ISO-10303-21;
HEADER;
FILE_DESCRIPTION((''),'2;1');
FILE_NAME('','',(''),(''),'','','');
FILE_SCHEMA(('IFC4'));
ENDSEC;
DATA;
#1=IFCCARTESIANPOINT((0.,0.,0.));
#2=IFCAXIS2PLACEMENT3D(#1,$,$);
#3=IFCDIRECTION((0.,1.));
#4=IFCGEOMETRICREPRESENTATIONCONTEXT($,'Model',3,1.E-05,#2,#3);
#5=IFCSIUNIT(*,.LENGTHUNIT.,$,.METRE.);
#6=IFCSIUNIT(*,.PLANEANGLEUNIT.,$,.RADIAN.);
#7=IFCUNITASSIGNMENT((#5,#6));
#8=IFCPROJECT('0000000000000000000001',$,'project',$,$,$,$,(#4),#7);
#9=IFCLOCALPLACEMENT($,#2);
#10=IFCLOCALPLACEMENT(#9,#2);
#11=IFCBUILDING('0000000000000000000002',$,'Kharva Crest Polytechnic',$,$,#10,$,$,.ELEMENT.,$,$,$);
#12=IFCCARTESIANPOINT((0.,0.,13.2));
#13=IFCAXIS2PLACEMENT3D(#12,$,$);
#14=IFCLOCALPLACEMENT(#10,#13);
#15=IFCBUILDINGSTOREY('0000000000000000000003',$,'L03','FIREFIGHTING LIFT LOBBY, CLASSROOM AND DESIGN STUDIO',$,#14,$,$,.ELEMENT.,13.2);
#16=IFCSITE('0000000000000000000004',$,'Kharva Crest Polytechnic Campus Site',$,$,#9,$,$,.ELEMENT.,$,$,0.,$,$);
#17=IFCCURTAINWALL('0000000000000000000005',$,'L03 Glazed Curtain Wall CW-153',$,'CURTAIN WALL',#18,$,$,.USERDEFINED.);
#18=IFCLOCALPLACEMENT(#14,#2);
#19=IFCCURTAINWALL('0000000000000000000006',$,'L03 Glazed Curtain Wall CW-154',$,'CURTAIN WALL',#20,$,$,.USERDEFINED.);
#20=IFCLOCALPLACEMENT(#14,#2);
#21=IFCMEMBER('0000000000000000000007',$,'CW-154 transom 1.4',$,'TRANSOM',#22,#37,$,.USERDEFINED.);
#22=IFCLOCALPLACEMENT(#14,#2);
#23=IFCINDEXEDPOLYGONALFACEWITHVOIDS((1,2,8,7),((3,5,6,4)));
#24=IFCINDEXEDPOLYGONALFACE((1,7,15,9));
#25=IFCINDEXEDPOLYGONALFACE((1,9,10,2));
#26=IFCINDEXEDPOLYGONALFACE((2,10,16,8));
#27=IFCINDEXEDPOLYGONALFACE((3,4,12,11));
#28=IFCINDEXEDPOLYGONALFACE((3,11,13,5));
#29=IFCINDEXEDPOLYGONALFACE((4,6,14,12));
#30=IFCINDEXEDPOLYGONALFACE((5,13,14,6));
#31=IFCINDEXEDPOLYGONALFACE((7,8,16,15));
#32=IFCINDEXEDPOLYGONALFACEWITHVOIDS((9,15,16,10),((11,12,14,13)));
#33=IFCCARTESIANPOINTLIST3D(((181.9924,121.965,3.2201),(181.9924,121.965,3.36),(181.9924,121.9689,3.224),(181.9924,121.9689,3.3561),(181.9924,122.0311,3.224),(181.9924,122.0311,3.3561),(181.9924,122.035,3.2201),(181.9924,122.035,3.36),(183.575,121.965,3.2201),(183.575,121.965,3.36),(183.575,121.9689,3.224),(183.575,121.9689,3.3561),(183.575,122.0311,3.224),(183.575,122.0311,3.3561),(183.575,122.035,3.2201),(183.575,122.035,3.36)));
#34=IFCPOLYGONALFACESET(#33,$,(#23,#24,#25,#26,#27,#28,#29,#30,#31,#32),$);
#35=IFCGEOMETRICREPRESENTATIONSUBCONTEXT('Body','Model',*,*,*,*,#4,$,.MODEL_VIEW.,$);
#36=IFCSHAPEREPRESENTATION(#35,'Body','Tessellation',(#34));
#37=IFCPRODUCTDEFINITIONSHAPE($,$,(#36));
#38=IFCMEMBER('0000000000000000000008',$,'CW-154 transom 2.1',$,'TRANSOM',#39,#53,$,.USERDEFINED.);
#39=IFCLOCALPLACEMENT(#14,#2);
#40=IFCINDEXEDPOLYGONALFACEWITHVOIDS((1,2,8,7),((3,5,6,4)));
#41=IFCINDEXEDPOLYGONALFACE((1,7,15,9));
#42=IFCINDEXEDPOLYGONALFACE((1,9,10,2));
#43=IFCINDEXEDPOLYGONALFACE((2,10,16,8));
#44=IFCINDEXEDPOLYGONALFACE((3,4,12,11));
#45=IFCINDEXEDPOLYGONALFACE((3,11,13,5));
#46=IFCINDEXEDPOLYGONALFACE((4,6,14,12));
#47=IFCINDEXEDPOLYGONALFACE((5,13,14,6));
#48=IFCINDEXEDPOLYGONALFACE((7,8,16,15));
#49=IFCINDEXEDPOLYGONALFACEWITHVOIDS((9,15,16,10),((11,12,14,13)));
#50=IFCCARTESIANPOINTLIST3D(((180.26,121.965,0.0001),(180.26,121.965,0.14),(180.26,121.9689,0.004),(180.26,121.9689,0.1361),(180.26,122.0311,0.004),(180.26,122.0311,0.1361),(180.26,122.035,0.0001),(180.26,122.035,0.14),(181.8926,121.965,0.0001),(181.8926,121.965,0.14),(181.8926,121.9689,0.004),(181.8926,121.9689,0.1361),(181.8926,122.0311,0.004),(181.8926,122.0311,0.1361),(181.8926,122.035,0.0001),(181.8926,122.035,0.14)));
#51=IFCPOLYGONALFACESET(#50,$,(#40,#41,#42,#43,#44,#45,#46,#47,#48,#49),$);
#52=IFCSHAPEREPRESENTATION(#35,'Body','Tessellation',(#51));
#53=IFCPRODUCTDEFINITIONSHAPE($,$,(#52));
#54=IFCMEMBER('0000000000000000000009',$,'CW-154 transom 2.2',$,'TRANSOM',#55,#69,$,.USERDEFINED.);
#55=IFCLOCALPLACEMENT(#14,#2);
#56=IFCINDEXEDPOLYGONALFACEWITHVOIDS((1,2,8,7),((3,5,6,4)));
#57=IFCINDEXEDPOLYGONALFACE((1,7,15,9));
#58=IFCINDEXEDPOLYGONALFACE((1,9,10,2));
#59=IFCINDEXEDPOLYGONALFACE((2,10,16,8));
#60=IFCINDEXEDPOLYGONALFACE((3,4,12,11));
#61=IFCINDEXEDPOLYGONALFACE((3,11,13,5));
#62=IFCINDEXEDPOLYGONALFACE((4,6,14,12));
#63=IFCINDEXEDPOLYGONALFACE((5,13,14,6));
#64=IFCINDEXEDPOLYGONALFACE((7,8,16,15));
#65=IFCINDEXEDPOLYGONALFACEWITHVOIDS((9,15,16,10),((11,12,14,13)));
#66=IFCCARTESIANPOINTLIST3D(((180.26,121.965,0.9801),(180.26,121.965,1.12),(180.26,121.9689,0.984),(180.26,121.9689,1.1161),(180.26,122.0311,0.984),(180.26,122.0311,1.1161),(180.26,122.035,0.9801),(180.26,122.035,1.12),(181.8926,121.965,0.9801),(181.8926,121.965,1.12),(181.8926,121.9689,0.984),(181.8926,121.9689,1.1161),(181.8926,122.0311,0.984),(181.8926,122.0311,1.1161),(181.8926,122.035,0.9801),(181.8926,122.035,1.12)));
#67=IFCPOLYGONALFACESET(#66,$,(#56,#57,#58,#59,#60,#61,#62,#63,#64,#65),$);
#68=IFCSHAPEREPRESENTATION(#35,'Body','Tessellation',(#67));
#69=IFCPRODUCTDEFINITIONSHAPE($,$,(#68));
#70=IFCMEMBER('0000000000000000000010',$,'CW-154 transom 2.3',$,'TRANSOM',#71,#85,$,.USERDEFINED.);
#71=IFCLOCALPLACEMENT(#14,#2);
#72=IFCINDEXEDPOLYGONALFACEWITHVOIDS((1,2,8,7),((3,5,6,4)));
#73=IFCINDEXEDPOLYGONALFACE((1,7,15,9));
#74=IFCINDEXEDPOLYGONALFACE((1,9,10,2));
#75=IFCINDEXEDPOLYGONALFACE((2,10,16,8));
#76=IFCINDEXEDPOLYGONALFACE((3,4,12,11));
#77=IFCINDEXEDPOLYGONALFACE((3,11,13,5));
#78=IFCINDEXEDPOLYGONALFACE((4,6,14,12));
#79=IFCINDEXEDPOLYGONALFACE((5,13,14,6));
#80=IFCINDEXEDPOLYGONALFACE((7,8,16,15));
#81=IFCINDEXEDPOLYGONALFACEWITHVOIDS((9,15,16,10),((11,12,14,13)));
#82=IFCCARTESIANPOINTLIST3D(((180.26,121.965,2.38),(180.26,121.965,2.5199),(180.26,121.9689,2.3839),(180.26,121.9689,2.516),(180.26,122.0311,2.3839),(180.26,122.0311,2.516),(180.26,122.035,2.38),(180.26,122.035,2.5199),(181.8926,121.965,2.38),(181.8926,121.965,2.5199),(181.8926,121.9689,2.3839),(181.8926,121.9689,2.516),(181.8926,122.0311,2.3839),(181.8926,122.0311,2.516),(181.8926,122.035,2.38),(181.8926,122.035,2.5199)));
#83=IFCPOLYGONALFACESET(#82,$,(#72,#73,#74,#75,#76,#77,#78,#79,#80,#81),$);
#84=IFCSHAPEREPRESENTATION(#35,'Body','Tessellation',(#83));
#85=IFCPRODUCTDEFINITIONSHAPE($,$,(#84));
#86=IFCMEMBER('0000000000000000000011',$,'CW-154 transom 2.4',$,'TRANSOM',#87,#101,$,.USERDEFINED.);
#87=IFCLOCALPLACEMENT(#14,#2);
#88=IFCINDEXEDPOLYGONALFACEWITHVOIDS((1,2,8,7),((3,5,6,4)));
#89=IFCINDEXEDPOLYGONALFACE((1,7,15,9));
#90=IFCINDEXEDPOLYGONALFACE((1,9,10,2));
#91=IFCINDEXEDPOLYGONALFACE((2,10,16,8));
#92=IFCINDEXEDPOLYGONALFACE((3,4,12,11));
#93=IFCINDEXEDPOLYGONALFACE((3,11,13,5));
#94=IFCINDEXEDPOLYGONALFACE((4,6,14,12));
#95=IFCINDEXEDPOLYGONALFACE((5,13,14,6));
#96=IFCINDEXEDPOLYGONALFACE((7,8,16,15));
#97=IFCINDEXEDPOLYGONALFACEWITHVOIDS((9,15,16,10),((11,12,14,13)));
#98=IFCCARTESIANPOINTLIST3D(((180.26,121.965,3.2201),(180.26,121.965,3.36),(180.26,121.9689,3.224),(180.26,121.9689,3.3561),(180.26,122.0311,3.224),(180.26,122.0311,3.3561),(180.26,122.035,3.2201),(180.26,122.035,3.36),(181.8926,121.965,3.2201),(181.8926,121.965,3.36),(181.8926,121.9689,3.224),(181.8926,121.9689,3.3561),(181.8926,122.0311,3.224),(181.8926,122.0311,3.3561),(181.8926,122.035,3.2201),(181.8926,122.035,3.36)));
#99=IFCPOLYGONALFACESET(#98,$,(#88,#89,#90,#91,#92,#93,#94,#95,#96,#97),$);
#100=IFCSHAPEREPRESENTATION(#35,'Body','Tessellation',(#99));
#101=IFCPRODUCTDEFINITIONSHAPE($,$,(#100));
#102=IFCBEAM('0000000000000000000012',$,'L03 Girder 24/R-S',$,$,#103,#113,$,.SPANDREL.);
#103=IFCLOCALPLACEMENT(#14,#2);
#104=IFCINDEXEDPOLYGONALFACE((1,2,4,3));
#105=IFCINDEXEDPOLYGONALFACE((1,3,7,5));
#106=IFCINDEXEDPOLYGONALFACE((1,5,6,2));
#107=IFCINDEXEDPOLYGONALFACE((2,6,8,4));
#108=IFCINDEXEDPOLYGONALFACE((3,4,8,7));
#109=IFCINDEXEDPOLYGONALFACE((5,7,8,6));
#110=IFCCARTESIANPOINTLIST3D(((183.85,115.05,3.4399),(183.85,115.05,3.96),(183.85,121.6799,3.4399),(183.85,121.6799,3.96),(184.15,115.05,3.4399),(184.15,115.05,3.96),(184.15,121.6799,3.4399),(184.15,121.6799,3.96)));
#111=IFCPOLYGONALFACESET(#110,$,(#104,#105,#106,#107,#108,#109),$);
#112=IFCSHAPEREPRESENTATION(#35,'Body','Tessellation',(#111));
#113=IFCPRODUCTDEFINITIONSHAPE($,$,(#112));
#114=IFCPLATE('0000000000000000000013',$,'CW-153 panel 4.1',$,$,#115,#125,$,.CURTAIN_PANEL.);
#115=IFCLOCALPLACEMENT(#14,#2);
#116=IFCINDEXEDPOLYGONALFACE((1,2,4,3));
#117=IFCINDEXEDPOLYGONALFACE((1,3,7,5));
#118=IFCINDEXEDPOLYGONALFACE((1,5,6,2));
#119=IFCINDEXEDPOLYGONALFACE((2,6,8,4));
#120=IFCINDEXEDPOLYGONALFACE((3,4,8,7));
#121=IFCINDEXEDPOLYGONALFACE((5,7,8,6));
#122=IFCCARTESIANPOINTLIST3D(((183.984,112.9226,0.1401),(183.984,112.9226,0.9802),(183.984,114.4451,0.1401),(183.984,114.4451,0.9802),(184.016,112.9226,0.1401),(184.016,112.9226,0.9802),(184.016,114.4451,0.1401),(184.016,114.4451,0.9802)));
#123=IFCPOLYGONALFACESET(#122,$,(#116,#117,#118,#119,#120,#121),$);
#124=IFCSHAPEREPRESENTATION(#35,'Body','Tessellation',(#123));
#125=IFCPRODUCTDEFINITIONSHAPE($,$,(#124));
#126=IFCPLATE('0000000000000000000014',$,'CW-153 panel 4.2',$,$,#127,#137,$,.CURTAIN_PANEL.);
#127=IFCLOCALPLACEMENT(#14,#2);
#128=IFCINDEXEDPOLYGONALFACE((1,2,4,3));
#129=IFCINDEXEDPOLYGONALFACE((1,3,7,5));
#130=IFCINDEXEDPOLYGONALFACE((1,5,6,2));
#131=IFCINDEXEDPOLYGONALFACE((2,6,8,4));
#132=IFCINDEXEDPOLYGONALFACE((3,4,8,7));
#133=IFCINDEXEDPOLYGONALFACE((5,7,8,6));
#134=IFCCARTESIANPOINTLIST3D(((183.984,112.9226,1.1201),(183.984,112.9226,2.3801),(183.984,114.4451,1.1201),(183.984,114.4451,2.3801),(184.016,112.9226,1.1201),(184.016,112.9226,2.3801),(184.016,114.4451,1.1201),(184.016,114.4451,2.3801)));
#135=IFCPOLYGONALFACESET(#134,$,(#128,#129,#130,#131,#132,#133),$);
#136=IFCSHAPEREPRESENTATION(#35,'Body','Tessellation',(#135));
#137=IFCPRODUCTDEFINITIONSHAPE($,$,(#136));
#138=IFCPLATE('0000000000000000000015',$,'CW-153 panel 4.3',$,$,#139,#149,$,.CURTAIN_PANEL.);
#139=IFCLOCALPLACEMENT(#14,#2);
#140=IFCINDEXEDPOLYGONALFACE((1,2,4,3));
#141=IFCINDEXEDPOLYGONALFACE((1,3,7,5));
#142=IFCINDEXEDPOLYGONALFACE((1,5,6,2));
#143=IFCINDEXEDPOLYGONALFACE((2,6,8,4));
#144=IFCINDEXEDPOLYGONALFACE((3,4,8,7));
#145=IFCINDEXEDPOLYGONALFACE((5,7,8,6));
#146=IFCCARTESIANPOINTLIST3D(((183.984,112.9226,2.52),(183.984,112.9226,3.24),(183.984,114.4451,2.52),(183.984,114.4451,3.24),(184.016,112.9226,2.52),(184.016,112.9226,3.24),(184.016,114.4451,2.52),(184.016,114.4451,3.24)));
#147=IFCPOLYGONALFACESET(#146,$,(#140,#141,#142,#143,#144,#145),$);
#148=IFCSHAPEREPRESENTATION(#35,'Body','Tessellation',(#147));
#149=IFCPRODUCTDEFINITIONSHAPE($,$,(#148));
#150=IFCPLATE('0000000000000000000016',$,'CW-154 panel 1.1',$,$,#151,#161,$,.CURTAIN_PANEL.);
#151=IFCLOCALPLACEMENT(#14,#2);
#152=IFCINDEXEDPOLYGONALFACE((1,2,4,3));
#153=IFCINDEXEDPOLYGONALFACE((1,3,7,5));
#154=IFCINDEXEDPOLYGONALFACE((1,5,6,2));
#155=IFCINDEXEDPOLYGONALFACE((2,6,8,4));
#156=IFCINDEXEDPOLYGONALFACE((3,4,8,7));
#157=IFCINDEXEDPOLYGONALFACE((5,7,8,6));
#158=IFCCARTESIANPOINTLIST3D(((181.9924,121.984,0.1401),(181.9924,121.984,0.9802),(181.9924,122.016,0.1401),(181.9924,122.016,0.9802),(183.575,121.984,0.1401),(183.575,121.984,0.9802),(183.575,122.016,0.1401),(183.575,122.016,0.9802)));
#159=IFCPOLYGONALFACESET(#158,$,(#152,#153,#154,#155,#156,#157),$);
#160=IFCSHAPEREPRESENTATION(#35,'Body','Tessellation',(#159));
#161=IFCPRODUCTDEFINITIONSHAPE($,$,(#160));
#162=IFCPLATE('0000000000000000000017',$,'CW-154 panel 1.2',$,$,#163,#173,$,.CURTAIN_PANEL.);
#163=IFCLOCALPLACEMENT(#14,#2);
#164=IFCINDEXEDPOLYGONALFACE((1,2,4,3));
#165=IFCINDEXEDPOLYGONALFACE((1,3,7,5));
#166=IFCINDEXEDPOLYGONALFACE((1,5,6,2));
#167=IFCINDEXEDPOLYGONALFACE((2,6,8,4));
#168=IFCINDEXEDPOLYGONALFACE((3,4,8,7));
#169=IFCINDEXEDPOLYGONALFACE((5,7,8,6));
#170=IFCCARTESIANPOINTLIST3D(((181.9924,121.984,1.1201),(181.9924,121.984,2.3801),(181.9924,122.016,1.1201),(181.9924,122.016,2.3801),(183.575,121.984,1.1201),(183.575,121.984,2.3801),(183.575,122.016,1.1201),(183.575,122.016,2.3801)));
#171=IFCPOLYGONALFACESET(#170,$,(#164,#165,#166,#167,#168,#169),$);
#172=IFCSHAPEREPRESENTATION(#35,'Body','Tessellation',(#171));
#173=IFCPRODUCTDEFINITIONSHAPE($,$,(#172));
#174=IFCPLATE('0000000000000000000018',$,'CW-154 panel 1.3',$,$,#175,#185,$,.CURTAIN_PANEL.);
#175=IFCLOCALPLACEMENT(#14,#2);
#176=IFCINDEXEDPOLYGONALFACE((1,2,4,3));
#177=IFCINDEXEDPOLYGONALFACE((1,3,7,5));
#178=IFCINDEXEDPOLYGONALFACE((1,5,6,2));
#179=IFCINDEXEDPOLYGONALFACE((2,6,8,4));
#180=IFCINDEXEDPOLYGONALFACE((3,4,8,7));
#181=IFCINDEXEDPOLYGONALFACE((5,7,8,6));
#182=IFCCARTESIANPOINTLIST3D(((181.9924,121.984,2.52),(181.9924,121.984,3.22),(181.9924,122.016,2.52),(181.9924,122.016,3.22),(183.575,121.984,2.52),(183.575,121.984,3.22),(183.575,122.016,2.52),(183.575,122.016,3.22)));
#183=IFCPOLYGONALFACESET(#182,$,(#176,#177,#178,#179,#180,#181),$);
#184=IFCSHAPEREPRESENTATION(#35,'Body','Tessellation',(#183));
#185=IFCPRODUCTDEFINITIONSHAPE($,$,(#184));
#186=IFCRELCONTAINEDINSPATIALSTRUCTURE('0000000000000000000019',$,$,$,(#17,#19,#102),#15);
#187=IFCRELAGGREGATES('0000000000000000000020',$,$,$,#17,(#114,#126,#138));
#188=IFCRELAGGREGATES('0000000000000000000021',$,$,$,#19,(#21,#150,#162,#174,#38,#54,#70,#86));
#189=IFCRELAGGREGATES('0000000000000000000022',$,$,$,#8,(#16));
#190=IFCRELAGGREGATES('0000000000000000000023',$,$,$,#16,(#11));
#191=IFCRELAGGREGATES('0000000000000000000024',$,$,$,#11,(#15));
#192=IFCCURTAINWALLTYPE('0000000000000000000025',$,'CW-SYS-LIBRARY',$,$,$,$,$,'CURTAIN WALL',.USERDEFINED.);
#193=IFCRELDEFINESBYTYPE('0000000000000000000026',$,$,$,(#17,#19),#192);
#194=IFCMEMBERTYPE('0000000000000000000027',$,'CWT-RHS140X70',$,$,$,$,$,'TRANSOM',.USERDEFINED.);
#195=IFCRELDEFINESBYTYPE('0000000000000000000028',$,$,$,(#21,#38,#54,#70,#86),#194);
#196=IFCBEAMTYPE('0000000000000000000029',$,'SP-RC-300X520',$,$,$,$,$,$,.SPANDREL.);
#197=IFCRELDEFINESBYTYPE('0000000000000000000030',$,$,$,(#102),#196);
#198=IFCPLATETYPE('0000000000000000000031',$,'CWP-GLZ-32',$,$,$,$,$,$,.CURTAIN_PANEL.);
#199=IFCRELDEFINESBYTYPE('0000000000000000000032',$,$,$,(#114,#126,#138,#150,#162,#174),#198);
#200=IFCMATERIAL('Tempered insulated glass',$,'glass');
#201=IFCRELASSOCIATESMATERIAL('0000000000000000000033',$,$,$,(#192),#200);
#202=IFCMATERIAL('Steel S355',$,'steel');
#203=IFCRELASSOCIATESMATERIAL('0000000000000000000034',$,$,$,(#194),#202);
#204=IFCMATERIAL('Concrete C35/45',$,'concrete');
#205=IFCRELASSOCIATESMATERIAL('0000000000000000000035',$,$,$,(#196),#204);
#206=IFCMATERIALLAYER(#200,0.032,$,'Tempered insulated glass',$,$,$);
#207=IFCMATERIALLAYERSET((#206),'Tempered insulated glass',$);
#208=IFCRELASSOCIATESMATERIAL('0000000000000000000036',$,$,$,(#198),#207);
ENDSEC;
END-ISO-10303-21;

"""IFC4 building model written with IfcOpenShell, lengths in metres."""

from ifc_helpers import new_model, si_unit, direction, frame, origin, origin_2d, place, context, subcontext, project, spatial, rectangle, hollow_rectangle, extrude, material, layer, layer_set, material_profile, profile_set, type_object, element, aggregate, save


model = new_model("IFC4")

# Units and contexts
model_context = context("Model", 3, precision=1e-05, world=origin(), true_north=direction((0.0, 1.0)))
body_context = subcontext(model_context, "Body", "Model", "MODEL_VIEW")
ifc_project = project(units=[si_unit("LENGTHUNIT", "METRE"), si_unit("PLANEANGLEUNIT", "RADIAN")], contexts=[model_context])

# Site, building, storey
site_placement = place(None, origin())
site = spatial("IfcSite", under=ifc_project, at=site_placement, Name="Kharva Crest Polytechnic Campus Site", CompositionType="ELEMENT", RefElevation=0.0)
building_placement = place(site_placement, origin())
building = spatial("IfcBuilding", under=site, at=building_placement, Name="Kharva Crest Polytechnic", CompositionType="ELEMENT")
storey_placement = place(building_placement, frame((0.0, 0.0, 13.2)))
storey = spatial("IfcBuildingStorey", under=building, at=storey_placement, Name="L03", Description="FIREFIGHTING LIFT LOBBY, CLASSROOM AND DESIGN STUDIO", CompositionType="ELEMENT", Elevation=13.2)

# Curtain wall
ifc_material_1 = material(Name="Tempered insulated glass", Category="glass")
curtain_wall_type = type_object("IfcCurtainWallType", Name="CW-SYS-LIBRARY", ElementType="CURTAIN WALL", PredefinedType="USERDEFINED", material=ifc_material_1)
curtain_wall_1_placement = place(storey_placement, origin())
curtain_wall_1 = element("IfcCurtainWall", 1, at=curtain_wall_1_placement, inside=storey, type_object=curtain_wall_type, Name="L03 Glazed Curtain Wall CW-153", ObjectType="CURTAIN WALL", PredefinedType="USERDEFINED")
ifc_material_2 = material(Name="Steel S355", Category="steel")

# Curtain wall
curtain_wall_2_placement = place(storey_placement, origin())
curtain_wall_2 = element("IfcCurtainWall", 2, at=curtain_wall_2_placement, inside=storey, type_object=curtain_wall_type, Name="L03 Glazed Curtain Wall CW-154", ObjectType="CURTAIN WALL", PredefinedType="USERDEFINED")

# Members
ifc_material_profile_1 = material_profile(ifc_material_2, hollow_rectangle(XDim=0.0701, YDim=0.1399, WallThickness=0.0039, at=origin_2d()), Name="RHS 140X70X4.0")
ifc_profile_set_1 = profile_set([ifc_material_profile_1], Name="Steel S355")
member_type_1 = type_object("IfcMemberType", Name="CWT-RHS140X70", ElementType="TRANSOM", PredefinedType="USERDEFINED", material=ifc_profile_set_1)
member_1_placement = place(storey_placement, frame((183.575, 122.0, 3.29), z_axis=(-1.0, 0.0, 0.0), x_axis=(0.0, -1.0, 0.0)))
member_1 = element("IfcMember", 3, at=member_1_placement, type_object=member_type_1, Name="CW-154 transom 1.4", ObjectType="TRANSOM", PredefinedType="USERDEFINED", context=body_context, shape_type="SweptSolid", body=[
    extrude(hollow_rectangle(XDim=0.0701, YDim=0.1399, WallThickness=0.0039, at=origin_2d()), origin(), (0.0, 0.0, 1.0), 1.5825),
])
member_2_placement = place(storey_placement, frame((181.8926, 122.0, 0.0701), z_axis=(-1.0, 0.0, 0.0), x_axis=(0.0, -1.0, 0.0)))
member_2 = element("IfcMember", 4, at=member_2_placement, type_object=member_type_1, Name="CW-154 transom 2.1", ObjectType="TRANSOM", PredefinedType="USERDEFINED", context=body_context, shape_type="SweptSolid", body=[
    extrude(hollow_rectangle(XDim=0.0701, YDim=0.1399, WallThickness=0.0039, at=origin_2d()), origin(), (0.0, 0.0, 1.0), 1.6326),
])
member_3_placement = place(storey_placement, frame((181.8926, 122.0, 1.05), z_axis=(-1.0, 0.0, 0.0), x_axis=(0.0, -1.0, 0.0)))
member_3 = element("IfcMember", 5, at=member_3_placement, type_object=member_type_1, Name="CW-154 transom 2.2", ObjectType="TRANSOM", PredefinedType="USERDEFINED", context=body_context, shape_type="SweptSolid", body=[
    extrude(hollow_rectangle(XDim=0.0701, YDim=0.1399, WallThickness=0.0039, at=origin_2d()), origin(), (0.0, 0.0, 1.0), 1.6326),
])
member_4_placement = place(storey_placement, frame((181.8926, 122.0, 2.45), z_axis=(-1.0, 0.0, 0.0), x_axis=(0.0, -1.0, 0.0)))
member_4 = element("IfcMember", 6, at=member_4_placement, type_object=member_type_1, Name="CW-154 transom 2.3", ObjectType="TRANSOM", PredefinedType="USERDEFINED", context=body_context, shape_type="SweptSolid", body=[
    extrude(hollow_rectangle(XDim=0.0701, YDim=0.1399, WallThickness=0.0039, at=origin_2d()), origin(), (0.0, 0.0, 1.0), 1.6326),
])
member_5_placement = place(storey_placement, frame((181.8926, 122.0, 3.29), z_axis=(-1.0, 0.0, 0.0), x_axis=(0.0, -1.0, 0.0)))
member_5 = element("IfcMember", 7, at=member_5_placement, type_object=member_type_1, Name="CW-154 transom 2.4", ObjectType="TRANSOM", PredefinedType="USERDEFINED", context=body_context, shape_type="SweptSolid", body=[
    extrude(hollow_rectangle(XDim=0.0701, YDim=0.1399, WallThickness=0.0039, at=origin_2d()), origin(), (0.0, 0.0, 1.0), 1.6326),
])

# Beam
ifc_material_3 = material(Name="Concrete C35/45", Category="concrete")
ifc_material_profile_2 = material_profile(ifc_material_3, rectangle(XDim=0.3, YDim=0.52, at=origin_2d()), Name="RECT 300 X 520")
ifc_profile_set_2 = profile_set([ifc_material_profile_2], Name="Concrete C35/45")
beam_type = type_object("IfcBeamType", Name="SP-RC-300X520", PredefinedType="SPANDREL", material=ifc_profile_set_2)
beam_placement = place(storey_placement, frame((184.0, 115.05, 3.7), z_axis=(0.0, 1.0, 0.0), x_axis=(-1.0, 0.0, 0.0)))
element("IfcBeam", 8, at=beam_placement, inside=storey, type_object=beam_type, Name="L03 Girder 24/R-S", PredefinedType="SPANDREL", context=body_context, shape_type="SweptSolid", body=[
    extrude(rectangle(XDim=0.3, YDim=0.52, at=origin_2d()), origin(), (0.0, 0.0, 1.0), 6.6299),
])

# Plates
ifc_layer_1 = layer(ifc_material_1, 0.032, Name="Tempered insulated glass")
ifc_layer_set_1 = layer_set([ifc_layer_1], Name="Tempered insulated glass")
plate_type = type_object("IfcPlateType", Name="CWP-GLZ-32", PredefinedType="CURTAIN_PANEL", material=ifc_layer_set_1)
plate_1_placement = place(storey_placement, frame((184.0, 113.6838, 0.1401), z_axis=(0.0, 0.0, 1.0), x_axis=(0.0, 1.0, 0.0)))
plate_1 = element("IfcPlate", 9, at=plate_1_placement, type_object=plate_type, Name="CW-153 panel 4.1", PredefinedType="CURTAIN_PANEL", context=body_context, shape_type="SweptSolid", body=[
    extrude(rectangle(XDim=1.5225, YDim=0.032, at=origin_2d()), origin(), (0.0, 0.0, 1.0), 0.8401),
])
plate_2_placement = place(storey_placement, frame((184.0, 113.6838, 1.1201), z_axis=(0.0, 0.0, 1.0), x_axis=(0.0, 1.0, 0.0)))
plate_2 = element("IfcPlate", 10, at=plate_2_placement, type_object=plate_type, Name="CW-153 panel 4.2", PredefinedType="CURTAIN_PANEL", context=body_context, shape_type="SweptSolid", body=[
    extrude(rectangle(XDim=1.5225, YDim=0.032, at=origin_2d()), origin(), (0.0, 0.0, 1.0), 1.26),
])
plate_3_placement = place(storey_placement, frame((184.0, 113.6838, 2.52), z_axis=(0.0, 0.0, 1.0), x_axis=(0.0, 1.0, 0.0)))
plate_3 = element("IfcPlate", 11, at=plate_3_placement, type_object=plate_type, Name="CW-153 panel 4.3", PredefinedType="CURTAIN_PANEL", context=body_context, shape_type="SweptSolid", body=[
    extrude(rectangle(XDim=1.5225, YDim=0.032, at=origin_2d()), origin(), (0.0, 0.0, 1.0), 0.72),
])
aggregate(curtain_wall_1, [plate_1, plate_2, plate_3])
plate_4_placement = place(storey_placement, frame((182.7837, 122.0, 0.1401), z_axis=(0.0, 0.0, 1.0), x_axis=(-1.0, 0.0, 0.0)))
plate_4 = element("IfcPlate", 12, at=plate_4_placement, type_object=plate_type, Name="CW-154 panel 1.1", PredefinedType="CURTAIN_PANEL", context=body_context, shape_type="SweptSolid", body=[
    extrude(rectangle(XDim=1.5825, YDim=0.032, at=origin_2d()), origin(), (0.0, 0.0, 1.0), 0.8401),
])
plate_5_placement = place(storey_placement, frame((182.7837, 122.0, 1.1201), z_axis=(0.0, 0.0, 1.0), x_axis=(-1.0, 0.0, 0.0)))
plate_5 = element("IfcPlate", 13, at=plate_5_placement, type_object=plate_type, Name="CW-154 panel 1.2", PredefinedType="CURTAIN_PANEL", context=body_context, shape_type="SweptSolid", body=[
    extrude(rectangle(XDim=1.5825, YDim=0.032, at=origin_2d()), origin(), (0.0, 0.0, 1.0), 1.26),
])
plate_6_placement = place(storey_placement, frame((182.7837, 122.0, 2.52), z_axis=(0.0, 0.0, 1.0), x_axis=(-1.0, 0.0, 0.0)))
plate_6 = element("IfcPlate", 14, at=plate_6_placement, type_object=plate_type, Name="CW-154 panel 1.3", PredefinedType="CURTAIN_PANEL", context=body_context, shape_type="SweptSolid", body=[
    extrude(rectangle(XDim=1.5825, YDim=0.032, at=origin_2d()), origin(), (0.0, 0.0, 1.0), 0.7),
])
aggregate(curtain_wall_2, [member_1, plate_4, plate_5, plate_6, member_2, member_3, member_4, member_5])

save(model, "model.ifc")
